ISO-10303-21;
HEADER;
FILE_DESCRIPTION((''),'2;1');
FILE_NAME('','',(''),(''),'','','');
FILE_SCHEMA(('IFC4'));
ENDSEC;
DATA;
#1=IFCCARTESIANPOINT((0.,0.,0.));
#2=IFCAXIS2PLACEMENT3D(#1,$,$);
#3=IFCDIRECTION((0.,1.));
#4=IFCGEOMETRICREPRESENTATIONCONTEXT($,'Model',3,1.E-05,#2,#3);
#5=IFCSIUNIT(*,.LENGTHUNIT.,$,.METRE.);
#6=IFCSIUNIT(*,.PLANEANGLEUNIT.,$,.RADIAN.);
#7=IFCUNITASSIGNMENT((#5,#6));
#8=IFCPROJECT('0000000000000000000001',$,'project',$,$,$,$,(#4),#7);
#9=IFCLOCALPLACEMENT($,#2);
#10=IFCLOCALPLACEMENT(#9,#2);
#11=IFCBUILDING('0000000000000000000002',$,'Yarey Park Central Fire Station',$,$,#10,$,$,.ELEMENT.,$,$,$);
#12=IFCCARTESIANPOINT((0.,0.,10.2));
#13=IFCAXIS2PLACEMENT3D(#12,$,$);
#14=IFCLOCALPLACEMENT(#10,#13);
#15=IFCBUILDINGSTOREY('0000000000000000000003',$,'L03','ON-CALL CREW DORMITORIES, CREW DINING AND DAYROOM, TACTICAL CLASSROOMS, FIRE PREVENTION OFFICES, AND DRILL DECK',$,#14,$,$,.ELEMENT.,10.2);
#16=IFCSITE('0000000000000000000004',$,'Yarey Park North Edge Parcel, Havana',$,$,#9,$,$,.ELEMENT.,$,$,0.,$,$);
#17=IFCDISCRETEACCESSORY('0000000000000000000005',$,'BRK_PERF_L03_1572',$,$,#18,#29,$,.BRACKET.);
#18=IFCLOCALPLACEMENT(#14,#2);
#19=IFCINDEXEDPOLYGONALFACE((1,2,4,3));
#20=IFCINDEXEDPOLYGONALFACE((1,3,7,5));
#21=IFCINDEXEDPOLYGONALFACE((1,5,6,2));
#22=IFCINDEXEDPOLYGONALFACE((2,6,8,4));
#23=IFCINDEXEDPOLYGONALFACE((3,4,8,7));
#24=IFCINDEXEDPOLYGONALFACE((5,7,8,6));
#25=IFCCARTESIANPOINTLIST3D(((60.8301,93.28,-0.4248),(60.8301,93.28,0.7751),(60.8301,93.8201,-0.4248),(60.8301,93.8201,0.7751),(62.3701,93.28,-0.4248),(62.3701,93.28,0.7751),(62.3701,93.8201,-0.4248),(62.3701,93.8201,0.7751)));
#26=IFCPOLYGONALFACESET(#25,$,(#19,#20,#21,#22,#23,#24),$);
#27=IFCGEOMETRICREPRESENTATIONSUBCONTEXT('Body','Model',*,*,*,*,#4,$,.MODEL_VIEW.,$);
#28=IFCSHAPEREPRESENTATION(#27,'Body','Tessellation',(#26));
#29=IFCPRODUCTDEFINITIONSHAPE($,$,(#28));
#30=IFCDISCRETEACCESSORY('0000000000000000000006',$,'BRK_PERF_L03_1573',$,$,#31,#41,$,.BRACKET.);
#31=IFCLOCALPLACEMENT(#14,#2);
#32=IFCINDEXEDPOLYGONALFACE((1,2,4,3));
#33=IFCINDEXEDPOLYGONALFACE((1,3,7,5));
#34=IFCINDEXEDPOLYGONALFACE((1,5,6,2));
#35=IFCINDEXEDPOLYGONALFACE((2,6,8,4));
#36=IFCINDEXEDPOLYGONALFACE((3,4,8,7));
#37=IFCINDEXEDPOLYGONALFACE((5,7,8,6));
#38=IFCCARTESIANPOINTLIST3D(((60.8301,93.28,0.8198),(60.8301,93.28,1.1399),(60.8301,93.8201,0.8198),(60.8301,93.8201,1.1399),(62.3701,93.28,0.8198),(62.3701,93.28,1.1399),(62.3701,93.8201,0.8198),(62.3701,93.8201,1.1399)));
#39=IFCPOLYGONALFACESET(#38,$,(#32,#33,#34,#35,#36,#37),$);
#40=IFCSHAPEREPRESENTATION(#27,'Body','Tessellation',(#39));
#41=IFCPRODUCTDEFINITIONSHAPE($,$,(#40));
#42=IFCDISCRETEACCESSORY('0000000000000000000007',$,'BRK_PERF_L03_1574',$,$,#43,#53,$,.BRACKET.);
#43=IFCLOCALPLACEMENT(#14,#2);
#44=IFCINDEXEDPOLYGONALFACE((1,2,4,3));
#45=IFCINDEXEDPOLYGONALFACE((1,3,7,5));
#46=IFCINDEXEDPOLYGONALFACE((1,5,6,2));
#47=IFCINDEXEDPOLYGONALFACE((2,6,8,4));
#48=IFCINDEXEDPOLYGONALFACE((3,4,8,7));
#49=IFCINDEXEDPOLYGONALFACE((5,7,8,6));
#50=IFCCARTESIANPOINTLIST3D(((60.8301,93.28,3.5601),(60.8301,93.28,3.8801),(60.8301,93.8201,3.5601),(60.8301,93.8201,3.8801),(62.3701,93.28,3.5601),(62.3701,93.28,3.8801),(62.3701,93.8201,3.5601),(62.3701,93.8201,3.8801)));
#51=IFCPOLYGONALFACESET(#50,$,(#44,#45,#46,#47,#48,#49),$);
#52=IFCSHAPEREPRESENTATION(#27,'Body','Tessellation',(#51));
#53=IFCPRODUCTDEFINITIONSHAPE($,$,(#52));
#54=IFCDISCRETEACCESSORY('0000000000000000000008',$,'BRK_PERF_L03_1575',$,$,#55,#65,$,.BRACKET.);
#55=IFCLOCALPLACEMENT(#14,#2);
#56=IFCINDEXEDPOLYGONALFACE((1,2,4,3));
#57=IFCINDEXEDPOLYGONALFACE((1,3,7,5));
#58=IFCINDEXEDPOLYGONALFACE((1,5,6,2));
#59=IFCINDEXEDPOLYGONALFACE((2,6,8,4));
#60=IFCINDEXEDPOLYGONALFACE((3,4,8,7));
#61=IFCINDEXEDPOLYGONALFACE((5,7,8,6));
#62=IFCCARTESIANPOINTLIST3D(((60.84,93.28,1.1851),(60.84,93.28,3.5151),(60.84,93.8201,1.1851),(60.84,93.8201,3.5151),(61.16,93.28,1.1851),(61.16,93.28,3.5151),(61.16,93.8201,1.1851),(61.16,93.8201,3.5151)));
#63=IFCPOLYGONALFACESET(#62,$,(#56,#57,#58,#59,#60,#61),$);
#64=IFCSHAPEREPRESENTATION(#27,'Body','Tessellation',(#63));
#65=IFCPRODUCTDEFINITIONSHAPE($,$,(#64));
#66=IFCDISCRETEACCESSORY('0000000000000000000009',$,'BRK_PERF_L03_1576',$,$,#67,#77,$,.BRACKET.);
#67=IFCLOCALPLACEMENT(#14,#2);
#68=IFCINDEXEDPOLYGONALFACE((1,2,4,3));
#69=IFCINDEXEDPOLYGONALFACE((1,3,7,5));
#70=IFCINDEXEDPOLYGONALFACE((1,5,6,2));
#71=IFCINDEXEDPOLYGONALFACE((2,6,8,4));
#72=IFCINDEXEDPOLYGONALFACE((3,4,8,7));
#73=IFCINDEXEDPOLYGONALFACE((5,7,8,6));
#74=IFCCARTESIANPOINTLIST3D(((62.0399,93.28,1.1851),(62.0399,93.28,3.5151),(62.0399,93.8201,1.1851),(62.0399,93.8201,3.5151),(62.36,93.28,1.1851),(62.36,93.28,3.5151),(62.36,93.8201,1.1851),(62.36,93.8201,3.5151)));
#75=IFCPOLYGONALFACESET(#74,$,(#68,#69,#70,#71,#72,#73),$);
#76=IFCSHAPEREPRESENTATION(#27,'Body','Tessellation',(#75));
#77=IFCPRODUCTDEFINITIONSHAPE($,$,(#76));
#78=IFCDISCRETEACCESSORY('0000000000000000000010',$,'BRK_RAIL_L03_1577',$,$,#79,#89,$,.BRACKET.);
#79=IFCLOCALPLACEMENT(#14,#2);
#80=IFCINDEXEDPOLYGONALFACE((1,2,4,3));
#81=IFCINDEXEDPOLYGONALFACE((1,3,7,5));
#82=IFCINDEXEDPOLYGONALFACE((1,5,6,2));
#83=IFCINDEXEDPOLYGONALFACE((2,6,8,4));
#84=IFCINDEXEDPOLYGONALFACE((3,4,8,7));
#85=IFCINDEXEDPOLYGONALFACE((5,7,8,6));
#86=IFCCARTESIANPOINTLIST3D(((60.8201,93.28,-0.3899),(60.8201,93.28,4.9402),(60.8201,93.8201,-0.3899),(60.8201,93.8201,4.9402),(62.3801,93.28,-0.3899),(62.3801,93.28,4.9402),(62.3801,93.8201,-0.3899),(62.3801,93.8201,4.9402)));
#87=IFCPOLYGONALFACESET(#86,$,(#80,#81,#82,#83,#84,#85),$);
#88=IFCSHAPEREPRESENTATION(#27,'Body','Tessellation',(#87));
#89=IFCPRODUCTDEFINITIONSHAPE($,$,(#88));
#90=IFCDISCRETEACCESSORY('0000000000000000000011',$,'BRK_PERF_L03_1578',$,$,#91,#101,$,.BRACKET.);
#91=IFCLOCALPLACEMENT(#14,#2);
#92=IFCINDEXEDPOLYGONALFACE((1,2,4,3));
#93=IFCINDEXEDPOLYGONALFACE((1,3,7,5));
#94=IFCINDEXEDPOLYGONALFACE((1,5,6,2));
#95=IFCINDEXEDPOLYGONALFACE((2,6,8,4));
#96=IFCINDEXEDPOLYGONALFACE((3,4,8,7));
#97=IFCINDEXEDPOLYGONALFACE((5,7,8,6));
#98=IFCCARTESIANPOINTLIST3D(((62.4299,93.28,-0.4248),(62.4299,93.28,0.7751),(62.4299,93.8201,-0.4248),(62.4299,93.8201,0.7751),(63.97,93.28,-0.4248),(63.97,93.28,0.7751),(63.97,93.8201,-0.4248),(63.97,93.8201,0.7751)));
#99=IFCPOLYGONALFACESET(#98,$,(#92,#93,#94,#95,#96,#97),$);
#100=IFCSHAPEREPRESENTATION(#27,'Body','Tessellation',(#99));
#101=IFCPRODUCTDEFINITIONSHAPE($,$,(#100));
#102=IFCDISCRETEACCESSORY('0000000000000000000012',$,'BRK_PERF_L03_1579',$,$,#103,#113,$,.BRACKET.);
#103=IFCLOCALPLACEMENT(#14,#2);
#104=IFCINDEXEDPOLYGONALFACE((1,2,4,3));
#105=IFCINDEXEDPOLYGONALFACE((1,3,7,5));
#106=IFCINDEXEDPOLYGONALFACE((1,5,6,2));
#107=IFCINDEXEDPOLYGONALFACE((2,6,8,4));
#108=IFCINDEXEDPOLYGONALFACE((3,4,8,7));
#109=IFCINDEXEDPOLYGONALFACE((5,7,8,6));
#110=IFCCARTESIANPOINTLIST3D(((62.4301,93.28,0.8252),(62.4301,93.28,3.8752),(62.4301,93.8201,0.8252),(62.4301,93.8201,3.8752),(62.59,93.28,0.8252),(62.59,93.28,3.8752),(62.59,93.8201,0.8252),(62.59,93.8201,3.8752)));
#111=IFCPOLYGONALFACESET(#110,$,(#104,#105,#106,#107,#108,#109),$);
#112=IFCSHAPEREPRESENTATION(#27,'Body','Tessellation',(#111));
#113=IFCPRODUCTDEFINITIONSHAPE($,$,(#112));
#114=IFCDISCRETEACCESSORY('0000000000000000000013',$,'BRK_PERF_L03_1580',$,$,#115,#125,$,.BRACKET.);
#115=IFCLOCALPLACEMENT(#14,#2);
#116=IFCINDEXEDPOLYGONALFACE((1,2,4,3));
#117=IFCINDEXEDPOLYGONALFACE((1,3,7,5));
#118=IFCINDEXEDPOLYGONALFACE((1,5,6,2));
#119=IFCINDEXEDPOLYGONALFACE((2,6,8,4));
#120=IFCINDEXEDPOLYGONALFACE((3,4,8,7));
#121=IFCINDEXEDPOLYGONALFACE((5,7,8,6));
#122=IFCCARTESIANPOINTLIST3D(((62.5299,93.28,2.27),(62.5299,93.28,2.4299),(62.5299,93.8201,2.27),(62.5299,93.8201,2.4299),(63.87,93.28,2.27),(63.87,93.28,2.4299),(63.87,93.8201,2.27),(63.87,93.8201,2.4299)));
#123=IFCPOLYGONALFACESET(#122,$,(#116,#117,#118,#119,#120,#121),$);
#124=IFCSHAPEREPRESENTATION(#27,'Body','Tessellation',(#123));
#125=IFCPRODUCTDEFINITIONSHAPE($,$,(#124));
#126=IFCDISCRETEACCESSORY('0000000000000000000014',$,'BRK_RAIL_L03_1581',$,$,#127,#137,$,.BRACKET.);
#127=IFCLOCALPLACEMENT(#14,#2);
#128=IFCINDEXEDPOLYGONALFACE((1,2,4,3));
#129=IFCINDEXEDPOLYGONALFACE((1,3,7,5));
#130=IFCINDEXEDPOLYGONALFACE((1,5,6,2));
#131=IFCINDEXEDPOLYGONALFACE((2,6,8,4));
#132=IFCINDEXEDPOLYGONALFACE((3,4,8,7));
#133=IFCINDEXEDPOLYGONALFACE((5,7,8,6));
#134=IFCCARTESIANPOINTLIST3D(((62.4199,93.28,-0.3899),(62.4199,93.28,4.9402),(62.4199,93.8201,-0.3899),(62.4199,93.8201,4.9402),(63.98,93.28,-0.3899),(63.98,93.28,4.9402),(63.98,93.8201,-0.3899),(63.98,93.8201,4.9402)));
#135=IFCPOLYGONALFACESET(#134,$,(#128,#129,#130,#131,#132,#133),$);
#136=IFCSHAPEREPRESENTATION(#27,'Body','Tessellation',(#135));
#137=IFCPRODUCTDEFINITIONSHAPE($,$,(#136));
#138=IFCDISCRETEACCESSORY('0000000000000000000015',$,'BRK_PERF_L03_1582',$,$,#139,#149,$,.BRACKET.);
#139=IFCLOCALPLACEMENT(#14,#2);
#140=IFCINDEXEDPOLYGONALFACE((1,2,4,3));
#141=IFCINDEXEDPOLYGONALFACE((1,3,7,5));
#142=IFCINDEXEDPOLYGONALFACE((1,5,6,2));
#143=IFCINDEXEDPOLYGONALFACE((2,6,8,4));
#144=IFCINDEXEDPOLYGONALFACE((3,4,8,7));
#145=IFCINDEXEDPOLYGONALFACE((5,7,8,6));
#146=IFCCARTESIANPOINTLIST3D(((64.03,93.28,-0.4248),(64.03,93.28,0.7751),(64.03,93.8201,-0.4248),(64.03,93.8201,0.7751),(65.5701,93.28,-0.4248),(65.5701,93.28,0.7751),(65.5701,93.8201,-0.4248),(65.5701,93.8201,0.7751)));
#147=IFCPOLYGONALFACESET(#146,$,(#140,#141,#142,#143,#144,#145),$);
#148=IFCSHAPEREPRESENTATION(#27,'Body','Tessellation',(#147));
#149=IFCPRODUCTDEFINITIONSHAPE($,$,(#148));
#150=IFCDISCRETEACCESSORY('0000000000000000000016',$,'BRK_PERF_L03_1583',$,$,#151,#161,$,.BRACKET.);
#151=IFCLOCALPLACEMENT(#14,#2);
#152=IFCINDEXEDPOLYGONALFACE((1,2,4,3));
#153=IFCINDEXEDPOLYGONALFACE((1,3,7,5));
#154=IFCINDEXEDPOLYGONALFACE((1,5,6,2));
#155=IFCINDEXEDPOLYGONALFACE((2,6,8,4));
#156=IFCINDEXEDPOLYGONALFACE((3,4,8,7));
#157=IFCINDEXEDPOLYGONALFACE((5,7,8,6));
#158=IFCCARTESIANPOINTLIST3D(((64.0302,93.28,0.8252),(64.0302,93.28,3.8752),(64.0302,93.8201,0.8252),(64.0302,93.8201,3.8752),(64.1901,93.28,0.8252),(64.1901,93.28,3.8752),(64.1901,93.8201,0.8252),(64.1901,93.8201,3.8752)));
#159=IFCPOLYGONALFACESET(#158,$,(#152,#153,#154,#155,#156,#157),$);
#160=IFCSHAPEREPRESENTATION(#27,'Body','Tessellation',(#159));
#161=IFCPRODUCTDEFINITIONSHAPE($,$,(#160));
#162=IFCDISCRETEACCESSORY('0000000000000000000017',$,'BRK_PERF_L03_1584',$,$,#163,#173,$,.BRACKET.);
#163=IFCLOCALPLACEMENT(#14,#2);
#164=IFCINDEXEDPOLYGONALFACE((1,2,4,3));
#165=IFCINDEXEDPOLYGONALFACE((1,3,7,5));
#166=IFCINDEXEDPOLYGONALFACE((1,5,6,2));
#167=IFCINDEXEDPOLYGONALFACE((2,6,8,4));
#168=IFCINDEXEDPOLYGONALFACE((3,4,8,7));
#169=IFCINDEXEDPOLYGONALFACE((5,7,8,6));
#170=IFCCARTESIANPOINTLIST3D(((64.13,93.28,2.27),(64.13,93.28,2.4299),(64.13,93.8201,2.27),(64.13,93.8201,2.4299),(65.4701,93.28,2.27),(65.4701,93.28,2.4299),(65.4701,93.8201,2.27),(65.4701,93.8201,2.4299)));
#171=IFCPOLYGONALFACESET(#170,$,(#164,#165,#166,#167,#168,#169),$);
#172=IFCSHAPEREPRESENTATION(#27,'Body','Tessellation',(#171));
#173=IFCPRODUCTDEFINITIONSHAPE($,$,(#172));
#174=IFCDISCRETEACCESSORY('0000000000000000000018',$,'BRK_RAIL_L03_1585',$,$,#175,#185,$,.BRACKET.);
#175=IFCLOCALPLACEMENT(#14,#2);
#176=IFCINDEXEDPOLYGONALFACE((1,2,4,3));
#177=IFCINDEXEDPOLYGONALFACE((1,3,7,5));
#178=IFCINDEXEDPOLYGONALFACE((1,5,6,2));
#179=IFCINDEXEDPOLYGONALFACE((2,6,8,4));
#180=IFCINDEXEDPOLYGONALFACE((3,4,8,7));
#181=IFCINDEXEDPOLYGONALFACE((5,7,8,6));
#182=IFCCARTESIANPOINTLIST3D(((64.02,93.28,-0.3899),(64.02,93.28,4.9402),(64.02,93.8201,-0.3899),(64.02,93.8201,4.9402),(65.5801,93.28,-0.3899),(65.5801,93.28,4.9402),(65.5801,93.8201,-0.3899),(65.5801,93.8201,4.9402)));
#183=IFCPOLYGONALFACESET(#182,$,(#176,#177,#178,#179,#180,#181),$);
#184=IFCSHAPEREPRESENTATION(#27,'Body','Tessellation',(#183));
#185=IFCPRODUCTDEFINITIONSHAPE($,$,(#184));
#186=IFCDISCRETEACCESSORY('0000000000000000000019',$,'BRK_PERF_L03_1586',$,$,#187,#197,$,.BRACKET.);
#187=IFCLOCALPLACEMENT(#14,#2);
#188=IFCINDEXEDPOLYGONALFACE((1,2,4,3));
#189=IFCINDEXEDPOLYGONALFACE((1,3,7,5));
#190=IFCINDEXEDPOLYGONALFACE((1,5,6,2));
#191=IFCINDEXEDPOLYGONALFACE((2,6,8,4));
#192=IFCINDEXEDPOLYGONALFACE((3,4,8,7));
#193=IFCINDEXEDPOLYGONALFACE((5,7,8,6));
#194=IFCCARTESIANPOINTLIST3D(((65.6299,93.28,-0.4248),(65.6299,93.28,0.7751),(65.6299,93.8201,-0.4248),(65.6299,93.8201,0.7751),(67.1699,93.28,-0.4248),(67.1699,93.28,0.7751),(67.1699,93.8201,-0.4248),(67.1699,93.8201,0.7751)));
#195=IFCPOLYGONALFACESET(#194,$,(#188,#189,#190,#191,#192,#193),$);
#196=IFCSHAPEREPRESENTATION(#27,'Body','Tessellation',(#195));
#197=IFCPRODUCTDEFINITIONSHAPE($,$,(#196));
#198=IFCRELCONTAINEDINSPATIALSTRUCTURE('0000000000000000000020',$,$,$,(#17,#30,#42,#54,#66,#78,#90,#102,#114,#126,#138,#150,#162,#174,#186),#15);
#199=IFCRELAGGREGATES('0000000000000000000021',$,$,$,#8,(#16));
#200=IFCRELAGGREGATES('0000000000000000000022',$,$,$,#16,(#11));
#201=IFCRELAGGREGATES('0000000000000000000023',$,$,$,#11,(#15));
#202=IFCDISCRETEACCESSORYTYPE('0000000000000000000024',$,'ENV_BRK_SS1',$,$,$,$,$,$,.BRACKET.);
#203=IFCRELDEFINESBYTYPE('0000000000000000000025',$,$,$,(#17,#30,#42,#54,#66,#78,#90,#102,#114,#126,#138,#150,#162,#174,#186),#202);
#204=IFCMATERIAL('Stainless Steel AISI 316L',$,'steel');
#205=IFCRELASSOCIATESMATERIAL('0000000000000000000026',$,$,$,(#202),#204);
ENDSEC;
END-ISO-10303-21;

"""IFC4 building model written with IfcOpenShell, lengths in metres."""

from ifc_helpers import new_model, si_unit, direction, frame, origin, origin_2d, place, context, subcontext, project, spatial, rectangle, extrude, material, type_object, element, save


model = new_model("IFC4")

# Units and contexts
model_context = context("Model", 3, precision=1e-05, world=origin(), true_north=direction((0.0, 1.0)))
body_context = subcontext(model_context, "Body", "Model", "MODEL_VIEW")
ifc_project = project(units=[si_unit("LENGTHUNIT", "METRE"), si_unit("PLANEANGLEUNIT", "RADIAN")], contexts=[model_context])

# Site, building, storey
site_placement = place(None, origin())
site = spatial("IfcSite", under=ifc_project, at=site_placement, Name="Yarey Park North Edge Parcel, Havana", CompositionType="ELEMENT", RefElevation=0.0)
building_placement = place(site_placement, origin())
building = spatial("IfcBuilding", under=site, at=building_placement, Name="Yarey Park Central Fire Station", CompositionType="ELEMENT")
storey_placement = place(building_placement, frame((0.0, 0.0, 10.2)))
storey = spatial("IfcBuildingStorey", under=building, at=storey_placement, Name="L03", Description="ON-CALL CREW DORMITORIES, CREW DINING AND DAYROOM, TACTICAL CLASSROOMS, FIRE PREVENTION OFFICES, AND DRILL DECK", CompositionType="ELEMENT", Elevation=10.2)

# Discrete accessories
ifc_material_1 = material(Name="Stainless Steel AISI 316L", Category="steel")
discrete_accessory_type = type_object("IfcDiscreteAccessoryType", Name="ENV_BRK_SS1", PredefinedType="BRACKET", material=ifc_material_1)
discrete_accessory_1_placement = place(storey_placement, frame((61.6001, 93.55, -0.4248), z_axis=(0.0, 0.0, 1.0), x_axis=(1.0, 0.0, 0.0)))
element("IfcDiscreteAccessory", 1, at=discrete_accessory_1_placement, inside=storey, type_object=discrete_accessory_type, Name="BRK_PERF_L03_1572", PredefinedType="BRACKET", context=body_context, shape_type="SweptSolid", body=[
    extrude(rectangle(XDim=1.54, YDim=0.54, at=origin_2d()), origin(), (0.0, 0.0, 1.0), 1.2),
])
for number, where, z_axis, x_axis, name in (
    (2, (61.6001, 93.55, 0.8198), (0.0, 0.0, 1.0), (1.0, 0.0, 0.0), "BRK_PERF_L03_1573"),
    (3, (61.6001, 93.55, 3.5601), (0.0, 0.0, 1.0), (1.0, 0.0, 0.0), "BRK_PERF_L03_1574"),
):
    element("IfcDiscreteAccessory", number, at=place(storey_placement, frame(where, z_axis=z_axis, x_axis=x_axis)), inside=storey, type_object=discrete_accessory_type, Name=name, PredefinedType="BRACKET", context=body_context, shape_type="SweptSolid", body=[
        extrude(rectangle(XDim=1.54, YDim=0.54, at=origin_2d()), origin(), (0.0, 0.0, 1.0), 0.3201),
    ])
for number, where, z_axis, x_axis, name in (
    (4, (61.0, 93.55, 1.1851), (0.0, 0.0, 1.0), (1.0, 0.0, 0.0), "BRK_PERF_L03_1575"),
    (5, (62.2, 93.55, 1.1851), (0.0, 0.0, 1.0), (1.0, 0.0, 0.0), "BRK_PERF_L03_1576"),
):
    element("IfcDiscreteAccessory", number, at=place(storey_placement, frame(where, z_axis=z_axis, x_axis=x_axis)), inside=storey, type_object=discrete_accessory_type, Name=name, PredefinedType="BRACKET", context=body_context, shape_type="SweptSolid", body=[
        extrude(rectangle(XDim=0.3201, YDim=0.54, at=origin_2d()), origin(), (0.0, 0.0, 1.0), 2.3301),
    ])
discrete_accessory_2_placement = place(storey_placement, frame((61.6001, 93.55, -0.3899), z_axis=(0.0, 0.0, 1.0), x_axis=(1.0, 0.0, 0.0)))
element("IfcDiscreteAccessory", 6, at=discrete_accessory_2_placement, inside=storey, type_object=discrete_accessory_type, Name="BRK_RAIL_L03_1577", PredefinedType="BRACKET", context=body_context, shape_type="SweptSolid", body=[
    extrude(rectangle(XDim=1.5601, YDim=0.54, at=origin_2d()), origin(), (0.0, 0.0, 1.0), 5.3301),
])
discrete_accessory_3_placement = place(storey_placement, frame((63.2, 93.55, -0.4248), z_axis=(0.0, 0.0, 1.0), x_axis=(1.0, 0.0, 0.0)))
element("IfcDiscreteAccessory", 7, at=discrete_accessory_3_placement, inside=storey, type_object=discrete_accessory_type, Name="BRK_PERF_L03_1578", PredefinedType="BRACKET", context=body_context, shape_type="SweptSolid", body=[
    extrude(rectangle(XDim=1.54, YDim=0.54, at=origin_2d()), origin(), (0.0, 0.0, 1.0), 1.2),
])
discrete_accessory_4_placement = place(storey_placement, frame((62.51, 93.55, 0.8252), z_axis=(0.0, 0.0, 1.0), x_axis=(1.0, 0.0, 0.0)))
element("IfcDiscreteAccessory", 8, at=discrete_accessory_4_placement, inside=storey, type_object=discrete_accessory_type, Name="BRK_PERF_L03_1579", PredefinedType="BRACKET", context=body_context, shape_type="SweptSolid", body=[
    extrude(rectangle(XDim=0.1599, YDim=0.54, at=origin_2d()), origin(), (0.0, 0.0, 1.0), 3.05),
])
discrete_accessory_5_placement = place(storey_placement, frame((63.2, 93.55, 2.27), z_axis=(0.0, 0.0, 1.0), x_axis=(1.0, 0.0, 0.0)))
element("IfcDiscreteAccessory", 9, at=discrete_accessory_5_placement, inside=storey, type_object=discrete_accessory_type, Name="BRK_PERF_L03_1580", PredefinedType="BRACKET", context=body_context, shape_type="SweptSolid", body=[
    extrude(rectangle(XDim=1.3401, YDim=0.54, at=origin_2d()), origin(), (0.0, 0.0, 1.0), 0.1599),
])
discrete_accessory_6_placement = place(storey_placement, frame((63.2, 93.55, -0.3899), z_axis=(0.0, 0.0, 1.0), x_axis=(1.0, 0.0, 0.0)))
element("IfcDiscreteAccessory", 10, at=discrete_accessory_6_placement, inside=storey, type_object=discrete_accessory_type, Name="BRK_RAIL_L03_1581", PredefinedType="BRACKET", context=body_context, shape_type="SweptSolid", body=[
    extrude(rectangle(XDim=1.5601, YDim=0.54, at=origin_2d()), origin(), (0.0, 0.0, 1.0), 5.3301),
])
discrete_accessory_7_placement = place(storey_placement, frame((64.8, 93.55, -0.4248), z_axis=(0.0, 0.0, 1.0), x_axis=(1.0, 0.0, 0.0)))
element("IfcDiscreteAccessory", 11, at=discrete_accessory_7_placement, inside=storey, type_object=discrete_accessory_type, Name="BRK_PERF_L03_1582", PredefinedType="BRACKET", context=body_context, shape_type="SweptSolid", body=[
    extrude(rectangle(XDim=1.54, YDim=0.54, at=origin_2d()), origin(), (0.0, 0.0, 1.0), 1.2),
])
discrete_accessory_8_placement = place(storey_placement, frame((64.1101, 93.55, 0.8252), z_axis=(0.0, 0.0, 1.0), x_axis=(1.0, 0.0, 0.0)))
element("IfcDiscreteAccessory", 12, at=discrete_accessory_8_placement, inside=storey, type_object=discrete_accessory_type, Name="BRK_PERF_L03_1583", PredefinedType="BRACKET", context=body_context, shape_type="SweptSolid", body=[
    extrude(rectangle(XDim=0.1599, YDim=0.54, at=origin_2d()), origin(), (0.0, 0.0, 1.0), 3.05),
])
discrete_accessory_9_placement = place(storey_placement, frame((64.8, 93.55, 2.27), z_axis=(0.0, 0.0, 1.0), x_axis=(1.0, 0.0, 0.0)))
element("IfcDiscreteAccessory", 13, at=discrete_accessory_9_placement, inside=storey, type_object=discrete_accessory_type, Name="BRK_PERF_L03_1584", PredefinedType="BRACKET", context=body_context, shape_type="SweptSolid", body=[
    extrude(rectangle(XDim=1.3401, YDim=0.54, at=origin_2d()), origin(), (0.0, 0.0, 1.0), 0.1599),
])
discrete_accessory_10_placement = place(storey_placement, frame((64.8, 93.55, -0.3899), z_axis=(0.0, 0.0, 1.0), x_axis=(1.0, 0.0, 0.0)))
element("IfcDiscreteAccessory", 14, at=discrete_accessory_10_placement, inside=storey, type_object=discrete_accessory_type, Name="BRK_RAIL_L03_1585", PredefinedType="BRACKET", context=body_context, shape_type="SweptSolid", body=[
    extrude(rectangle(XDim=1.5601, YDim=0.54, at=origin_2d()), origin(), (0.0, 0.0, 1.0), 5.3301),
])
discrete_accessory_11_placement = place(storey_placement, frame((66.3999, 93.55, -0.4248), z_axis=(0.0, 0.0, 1.0), x_axis=(1.0, 0.0, 0.0)))
element("IfcDiscreteAccessory", 15, at=discrete_accessory_11_placement, inside=storey, type_object=discrete_accessory_type, Name="BRK_PERF_L03_1586", PredefinedType="BRACKET", context=body_context, shape_type="SweptSolid", body=[
    extrude(rectangle(XDim=1.54, YDim=0.54, at=origin_2d()), origin(), (0.0, 0.0, 1.0), 1.2),
])

save(model, "model.ifc")
